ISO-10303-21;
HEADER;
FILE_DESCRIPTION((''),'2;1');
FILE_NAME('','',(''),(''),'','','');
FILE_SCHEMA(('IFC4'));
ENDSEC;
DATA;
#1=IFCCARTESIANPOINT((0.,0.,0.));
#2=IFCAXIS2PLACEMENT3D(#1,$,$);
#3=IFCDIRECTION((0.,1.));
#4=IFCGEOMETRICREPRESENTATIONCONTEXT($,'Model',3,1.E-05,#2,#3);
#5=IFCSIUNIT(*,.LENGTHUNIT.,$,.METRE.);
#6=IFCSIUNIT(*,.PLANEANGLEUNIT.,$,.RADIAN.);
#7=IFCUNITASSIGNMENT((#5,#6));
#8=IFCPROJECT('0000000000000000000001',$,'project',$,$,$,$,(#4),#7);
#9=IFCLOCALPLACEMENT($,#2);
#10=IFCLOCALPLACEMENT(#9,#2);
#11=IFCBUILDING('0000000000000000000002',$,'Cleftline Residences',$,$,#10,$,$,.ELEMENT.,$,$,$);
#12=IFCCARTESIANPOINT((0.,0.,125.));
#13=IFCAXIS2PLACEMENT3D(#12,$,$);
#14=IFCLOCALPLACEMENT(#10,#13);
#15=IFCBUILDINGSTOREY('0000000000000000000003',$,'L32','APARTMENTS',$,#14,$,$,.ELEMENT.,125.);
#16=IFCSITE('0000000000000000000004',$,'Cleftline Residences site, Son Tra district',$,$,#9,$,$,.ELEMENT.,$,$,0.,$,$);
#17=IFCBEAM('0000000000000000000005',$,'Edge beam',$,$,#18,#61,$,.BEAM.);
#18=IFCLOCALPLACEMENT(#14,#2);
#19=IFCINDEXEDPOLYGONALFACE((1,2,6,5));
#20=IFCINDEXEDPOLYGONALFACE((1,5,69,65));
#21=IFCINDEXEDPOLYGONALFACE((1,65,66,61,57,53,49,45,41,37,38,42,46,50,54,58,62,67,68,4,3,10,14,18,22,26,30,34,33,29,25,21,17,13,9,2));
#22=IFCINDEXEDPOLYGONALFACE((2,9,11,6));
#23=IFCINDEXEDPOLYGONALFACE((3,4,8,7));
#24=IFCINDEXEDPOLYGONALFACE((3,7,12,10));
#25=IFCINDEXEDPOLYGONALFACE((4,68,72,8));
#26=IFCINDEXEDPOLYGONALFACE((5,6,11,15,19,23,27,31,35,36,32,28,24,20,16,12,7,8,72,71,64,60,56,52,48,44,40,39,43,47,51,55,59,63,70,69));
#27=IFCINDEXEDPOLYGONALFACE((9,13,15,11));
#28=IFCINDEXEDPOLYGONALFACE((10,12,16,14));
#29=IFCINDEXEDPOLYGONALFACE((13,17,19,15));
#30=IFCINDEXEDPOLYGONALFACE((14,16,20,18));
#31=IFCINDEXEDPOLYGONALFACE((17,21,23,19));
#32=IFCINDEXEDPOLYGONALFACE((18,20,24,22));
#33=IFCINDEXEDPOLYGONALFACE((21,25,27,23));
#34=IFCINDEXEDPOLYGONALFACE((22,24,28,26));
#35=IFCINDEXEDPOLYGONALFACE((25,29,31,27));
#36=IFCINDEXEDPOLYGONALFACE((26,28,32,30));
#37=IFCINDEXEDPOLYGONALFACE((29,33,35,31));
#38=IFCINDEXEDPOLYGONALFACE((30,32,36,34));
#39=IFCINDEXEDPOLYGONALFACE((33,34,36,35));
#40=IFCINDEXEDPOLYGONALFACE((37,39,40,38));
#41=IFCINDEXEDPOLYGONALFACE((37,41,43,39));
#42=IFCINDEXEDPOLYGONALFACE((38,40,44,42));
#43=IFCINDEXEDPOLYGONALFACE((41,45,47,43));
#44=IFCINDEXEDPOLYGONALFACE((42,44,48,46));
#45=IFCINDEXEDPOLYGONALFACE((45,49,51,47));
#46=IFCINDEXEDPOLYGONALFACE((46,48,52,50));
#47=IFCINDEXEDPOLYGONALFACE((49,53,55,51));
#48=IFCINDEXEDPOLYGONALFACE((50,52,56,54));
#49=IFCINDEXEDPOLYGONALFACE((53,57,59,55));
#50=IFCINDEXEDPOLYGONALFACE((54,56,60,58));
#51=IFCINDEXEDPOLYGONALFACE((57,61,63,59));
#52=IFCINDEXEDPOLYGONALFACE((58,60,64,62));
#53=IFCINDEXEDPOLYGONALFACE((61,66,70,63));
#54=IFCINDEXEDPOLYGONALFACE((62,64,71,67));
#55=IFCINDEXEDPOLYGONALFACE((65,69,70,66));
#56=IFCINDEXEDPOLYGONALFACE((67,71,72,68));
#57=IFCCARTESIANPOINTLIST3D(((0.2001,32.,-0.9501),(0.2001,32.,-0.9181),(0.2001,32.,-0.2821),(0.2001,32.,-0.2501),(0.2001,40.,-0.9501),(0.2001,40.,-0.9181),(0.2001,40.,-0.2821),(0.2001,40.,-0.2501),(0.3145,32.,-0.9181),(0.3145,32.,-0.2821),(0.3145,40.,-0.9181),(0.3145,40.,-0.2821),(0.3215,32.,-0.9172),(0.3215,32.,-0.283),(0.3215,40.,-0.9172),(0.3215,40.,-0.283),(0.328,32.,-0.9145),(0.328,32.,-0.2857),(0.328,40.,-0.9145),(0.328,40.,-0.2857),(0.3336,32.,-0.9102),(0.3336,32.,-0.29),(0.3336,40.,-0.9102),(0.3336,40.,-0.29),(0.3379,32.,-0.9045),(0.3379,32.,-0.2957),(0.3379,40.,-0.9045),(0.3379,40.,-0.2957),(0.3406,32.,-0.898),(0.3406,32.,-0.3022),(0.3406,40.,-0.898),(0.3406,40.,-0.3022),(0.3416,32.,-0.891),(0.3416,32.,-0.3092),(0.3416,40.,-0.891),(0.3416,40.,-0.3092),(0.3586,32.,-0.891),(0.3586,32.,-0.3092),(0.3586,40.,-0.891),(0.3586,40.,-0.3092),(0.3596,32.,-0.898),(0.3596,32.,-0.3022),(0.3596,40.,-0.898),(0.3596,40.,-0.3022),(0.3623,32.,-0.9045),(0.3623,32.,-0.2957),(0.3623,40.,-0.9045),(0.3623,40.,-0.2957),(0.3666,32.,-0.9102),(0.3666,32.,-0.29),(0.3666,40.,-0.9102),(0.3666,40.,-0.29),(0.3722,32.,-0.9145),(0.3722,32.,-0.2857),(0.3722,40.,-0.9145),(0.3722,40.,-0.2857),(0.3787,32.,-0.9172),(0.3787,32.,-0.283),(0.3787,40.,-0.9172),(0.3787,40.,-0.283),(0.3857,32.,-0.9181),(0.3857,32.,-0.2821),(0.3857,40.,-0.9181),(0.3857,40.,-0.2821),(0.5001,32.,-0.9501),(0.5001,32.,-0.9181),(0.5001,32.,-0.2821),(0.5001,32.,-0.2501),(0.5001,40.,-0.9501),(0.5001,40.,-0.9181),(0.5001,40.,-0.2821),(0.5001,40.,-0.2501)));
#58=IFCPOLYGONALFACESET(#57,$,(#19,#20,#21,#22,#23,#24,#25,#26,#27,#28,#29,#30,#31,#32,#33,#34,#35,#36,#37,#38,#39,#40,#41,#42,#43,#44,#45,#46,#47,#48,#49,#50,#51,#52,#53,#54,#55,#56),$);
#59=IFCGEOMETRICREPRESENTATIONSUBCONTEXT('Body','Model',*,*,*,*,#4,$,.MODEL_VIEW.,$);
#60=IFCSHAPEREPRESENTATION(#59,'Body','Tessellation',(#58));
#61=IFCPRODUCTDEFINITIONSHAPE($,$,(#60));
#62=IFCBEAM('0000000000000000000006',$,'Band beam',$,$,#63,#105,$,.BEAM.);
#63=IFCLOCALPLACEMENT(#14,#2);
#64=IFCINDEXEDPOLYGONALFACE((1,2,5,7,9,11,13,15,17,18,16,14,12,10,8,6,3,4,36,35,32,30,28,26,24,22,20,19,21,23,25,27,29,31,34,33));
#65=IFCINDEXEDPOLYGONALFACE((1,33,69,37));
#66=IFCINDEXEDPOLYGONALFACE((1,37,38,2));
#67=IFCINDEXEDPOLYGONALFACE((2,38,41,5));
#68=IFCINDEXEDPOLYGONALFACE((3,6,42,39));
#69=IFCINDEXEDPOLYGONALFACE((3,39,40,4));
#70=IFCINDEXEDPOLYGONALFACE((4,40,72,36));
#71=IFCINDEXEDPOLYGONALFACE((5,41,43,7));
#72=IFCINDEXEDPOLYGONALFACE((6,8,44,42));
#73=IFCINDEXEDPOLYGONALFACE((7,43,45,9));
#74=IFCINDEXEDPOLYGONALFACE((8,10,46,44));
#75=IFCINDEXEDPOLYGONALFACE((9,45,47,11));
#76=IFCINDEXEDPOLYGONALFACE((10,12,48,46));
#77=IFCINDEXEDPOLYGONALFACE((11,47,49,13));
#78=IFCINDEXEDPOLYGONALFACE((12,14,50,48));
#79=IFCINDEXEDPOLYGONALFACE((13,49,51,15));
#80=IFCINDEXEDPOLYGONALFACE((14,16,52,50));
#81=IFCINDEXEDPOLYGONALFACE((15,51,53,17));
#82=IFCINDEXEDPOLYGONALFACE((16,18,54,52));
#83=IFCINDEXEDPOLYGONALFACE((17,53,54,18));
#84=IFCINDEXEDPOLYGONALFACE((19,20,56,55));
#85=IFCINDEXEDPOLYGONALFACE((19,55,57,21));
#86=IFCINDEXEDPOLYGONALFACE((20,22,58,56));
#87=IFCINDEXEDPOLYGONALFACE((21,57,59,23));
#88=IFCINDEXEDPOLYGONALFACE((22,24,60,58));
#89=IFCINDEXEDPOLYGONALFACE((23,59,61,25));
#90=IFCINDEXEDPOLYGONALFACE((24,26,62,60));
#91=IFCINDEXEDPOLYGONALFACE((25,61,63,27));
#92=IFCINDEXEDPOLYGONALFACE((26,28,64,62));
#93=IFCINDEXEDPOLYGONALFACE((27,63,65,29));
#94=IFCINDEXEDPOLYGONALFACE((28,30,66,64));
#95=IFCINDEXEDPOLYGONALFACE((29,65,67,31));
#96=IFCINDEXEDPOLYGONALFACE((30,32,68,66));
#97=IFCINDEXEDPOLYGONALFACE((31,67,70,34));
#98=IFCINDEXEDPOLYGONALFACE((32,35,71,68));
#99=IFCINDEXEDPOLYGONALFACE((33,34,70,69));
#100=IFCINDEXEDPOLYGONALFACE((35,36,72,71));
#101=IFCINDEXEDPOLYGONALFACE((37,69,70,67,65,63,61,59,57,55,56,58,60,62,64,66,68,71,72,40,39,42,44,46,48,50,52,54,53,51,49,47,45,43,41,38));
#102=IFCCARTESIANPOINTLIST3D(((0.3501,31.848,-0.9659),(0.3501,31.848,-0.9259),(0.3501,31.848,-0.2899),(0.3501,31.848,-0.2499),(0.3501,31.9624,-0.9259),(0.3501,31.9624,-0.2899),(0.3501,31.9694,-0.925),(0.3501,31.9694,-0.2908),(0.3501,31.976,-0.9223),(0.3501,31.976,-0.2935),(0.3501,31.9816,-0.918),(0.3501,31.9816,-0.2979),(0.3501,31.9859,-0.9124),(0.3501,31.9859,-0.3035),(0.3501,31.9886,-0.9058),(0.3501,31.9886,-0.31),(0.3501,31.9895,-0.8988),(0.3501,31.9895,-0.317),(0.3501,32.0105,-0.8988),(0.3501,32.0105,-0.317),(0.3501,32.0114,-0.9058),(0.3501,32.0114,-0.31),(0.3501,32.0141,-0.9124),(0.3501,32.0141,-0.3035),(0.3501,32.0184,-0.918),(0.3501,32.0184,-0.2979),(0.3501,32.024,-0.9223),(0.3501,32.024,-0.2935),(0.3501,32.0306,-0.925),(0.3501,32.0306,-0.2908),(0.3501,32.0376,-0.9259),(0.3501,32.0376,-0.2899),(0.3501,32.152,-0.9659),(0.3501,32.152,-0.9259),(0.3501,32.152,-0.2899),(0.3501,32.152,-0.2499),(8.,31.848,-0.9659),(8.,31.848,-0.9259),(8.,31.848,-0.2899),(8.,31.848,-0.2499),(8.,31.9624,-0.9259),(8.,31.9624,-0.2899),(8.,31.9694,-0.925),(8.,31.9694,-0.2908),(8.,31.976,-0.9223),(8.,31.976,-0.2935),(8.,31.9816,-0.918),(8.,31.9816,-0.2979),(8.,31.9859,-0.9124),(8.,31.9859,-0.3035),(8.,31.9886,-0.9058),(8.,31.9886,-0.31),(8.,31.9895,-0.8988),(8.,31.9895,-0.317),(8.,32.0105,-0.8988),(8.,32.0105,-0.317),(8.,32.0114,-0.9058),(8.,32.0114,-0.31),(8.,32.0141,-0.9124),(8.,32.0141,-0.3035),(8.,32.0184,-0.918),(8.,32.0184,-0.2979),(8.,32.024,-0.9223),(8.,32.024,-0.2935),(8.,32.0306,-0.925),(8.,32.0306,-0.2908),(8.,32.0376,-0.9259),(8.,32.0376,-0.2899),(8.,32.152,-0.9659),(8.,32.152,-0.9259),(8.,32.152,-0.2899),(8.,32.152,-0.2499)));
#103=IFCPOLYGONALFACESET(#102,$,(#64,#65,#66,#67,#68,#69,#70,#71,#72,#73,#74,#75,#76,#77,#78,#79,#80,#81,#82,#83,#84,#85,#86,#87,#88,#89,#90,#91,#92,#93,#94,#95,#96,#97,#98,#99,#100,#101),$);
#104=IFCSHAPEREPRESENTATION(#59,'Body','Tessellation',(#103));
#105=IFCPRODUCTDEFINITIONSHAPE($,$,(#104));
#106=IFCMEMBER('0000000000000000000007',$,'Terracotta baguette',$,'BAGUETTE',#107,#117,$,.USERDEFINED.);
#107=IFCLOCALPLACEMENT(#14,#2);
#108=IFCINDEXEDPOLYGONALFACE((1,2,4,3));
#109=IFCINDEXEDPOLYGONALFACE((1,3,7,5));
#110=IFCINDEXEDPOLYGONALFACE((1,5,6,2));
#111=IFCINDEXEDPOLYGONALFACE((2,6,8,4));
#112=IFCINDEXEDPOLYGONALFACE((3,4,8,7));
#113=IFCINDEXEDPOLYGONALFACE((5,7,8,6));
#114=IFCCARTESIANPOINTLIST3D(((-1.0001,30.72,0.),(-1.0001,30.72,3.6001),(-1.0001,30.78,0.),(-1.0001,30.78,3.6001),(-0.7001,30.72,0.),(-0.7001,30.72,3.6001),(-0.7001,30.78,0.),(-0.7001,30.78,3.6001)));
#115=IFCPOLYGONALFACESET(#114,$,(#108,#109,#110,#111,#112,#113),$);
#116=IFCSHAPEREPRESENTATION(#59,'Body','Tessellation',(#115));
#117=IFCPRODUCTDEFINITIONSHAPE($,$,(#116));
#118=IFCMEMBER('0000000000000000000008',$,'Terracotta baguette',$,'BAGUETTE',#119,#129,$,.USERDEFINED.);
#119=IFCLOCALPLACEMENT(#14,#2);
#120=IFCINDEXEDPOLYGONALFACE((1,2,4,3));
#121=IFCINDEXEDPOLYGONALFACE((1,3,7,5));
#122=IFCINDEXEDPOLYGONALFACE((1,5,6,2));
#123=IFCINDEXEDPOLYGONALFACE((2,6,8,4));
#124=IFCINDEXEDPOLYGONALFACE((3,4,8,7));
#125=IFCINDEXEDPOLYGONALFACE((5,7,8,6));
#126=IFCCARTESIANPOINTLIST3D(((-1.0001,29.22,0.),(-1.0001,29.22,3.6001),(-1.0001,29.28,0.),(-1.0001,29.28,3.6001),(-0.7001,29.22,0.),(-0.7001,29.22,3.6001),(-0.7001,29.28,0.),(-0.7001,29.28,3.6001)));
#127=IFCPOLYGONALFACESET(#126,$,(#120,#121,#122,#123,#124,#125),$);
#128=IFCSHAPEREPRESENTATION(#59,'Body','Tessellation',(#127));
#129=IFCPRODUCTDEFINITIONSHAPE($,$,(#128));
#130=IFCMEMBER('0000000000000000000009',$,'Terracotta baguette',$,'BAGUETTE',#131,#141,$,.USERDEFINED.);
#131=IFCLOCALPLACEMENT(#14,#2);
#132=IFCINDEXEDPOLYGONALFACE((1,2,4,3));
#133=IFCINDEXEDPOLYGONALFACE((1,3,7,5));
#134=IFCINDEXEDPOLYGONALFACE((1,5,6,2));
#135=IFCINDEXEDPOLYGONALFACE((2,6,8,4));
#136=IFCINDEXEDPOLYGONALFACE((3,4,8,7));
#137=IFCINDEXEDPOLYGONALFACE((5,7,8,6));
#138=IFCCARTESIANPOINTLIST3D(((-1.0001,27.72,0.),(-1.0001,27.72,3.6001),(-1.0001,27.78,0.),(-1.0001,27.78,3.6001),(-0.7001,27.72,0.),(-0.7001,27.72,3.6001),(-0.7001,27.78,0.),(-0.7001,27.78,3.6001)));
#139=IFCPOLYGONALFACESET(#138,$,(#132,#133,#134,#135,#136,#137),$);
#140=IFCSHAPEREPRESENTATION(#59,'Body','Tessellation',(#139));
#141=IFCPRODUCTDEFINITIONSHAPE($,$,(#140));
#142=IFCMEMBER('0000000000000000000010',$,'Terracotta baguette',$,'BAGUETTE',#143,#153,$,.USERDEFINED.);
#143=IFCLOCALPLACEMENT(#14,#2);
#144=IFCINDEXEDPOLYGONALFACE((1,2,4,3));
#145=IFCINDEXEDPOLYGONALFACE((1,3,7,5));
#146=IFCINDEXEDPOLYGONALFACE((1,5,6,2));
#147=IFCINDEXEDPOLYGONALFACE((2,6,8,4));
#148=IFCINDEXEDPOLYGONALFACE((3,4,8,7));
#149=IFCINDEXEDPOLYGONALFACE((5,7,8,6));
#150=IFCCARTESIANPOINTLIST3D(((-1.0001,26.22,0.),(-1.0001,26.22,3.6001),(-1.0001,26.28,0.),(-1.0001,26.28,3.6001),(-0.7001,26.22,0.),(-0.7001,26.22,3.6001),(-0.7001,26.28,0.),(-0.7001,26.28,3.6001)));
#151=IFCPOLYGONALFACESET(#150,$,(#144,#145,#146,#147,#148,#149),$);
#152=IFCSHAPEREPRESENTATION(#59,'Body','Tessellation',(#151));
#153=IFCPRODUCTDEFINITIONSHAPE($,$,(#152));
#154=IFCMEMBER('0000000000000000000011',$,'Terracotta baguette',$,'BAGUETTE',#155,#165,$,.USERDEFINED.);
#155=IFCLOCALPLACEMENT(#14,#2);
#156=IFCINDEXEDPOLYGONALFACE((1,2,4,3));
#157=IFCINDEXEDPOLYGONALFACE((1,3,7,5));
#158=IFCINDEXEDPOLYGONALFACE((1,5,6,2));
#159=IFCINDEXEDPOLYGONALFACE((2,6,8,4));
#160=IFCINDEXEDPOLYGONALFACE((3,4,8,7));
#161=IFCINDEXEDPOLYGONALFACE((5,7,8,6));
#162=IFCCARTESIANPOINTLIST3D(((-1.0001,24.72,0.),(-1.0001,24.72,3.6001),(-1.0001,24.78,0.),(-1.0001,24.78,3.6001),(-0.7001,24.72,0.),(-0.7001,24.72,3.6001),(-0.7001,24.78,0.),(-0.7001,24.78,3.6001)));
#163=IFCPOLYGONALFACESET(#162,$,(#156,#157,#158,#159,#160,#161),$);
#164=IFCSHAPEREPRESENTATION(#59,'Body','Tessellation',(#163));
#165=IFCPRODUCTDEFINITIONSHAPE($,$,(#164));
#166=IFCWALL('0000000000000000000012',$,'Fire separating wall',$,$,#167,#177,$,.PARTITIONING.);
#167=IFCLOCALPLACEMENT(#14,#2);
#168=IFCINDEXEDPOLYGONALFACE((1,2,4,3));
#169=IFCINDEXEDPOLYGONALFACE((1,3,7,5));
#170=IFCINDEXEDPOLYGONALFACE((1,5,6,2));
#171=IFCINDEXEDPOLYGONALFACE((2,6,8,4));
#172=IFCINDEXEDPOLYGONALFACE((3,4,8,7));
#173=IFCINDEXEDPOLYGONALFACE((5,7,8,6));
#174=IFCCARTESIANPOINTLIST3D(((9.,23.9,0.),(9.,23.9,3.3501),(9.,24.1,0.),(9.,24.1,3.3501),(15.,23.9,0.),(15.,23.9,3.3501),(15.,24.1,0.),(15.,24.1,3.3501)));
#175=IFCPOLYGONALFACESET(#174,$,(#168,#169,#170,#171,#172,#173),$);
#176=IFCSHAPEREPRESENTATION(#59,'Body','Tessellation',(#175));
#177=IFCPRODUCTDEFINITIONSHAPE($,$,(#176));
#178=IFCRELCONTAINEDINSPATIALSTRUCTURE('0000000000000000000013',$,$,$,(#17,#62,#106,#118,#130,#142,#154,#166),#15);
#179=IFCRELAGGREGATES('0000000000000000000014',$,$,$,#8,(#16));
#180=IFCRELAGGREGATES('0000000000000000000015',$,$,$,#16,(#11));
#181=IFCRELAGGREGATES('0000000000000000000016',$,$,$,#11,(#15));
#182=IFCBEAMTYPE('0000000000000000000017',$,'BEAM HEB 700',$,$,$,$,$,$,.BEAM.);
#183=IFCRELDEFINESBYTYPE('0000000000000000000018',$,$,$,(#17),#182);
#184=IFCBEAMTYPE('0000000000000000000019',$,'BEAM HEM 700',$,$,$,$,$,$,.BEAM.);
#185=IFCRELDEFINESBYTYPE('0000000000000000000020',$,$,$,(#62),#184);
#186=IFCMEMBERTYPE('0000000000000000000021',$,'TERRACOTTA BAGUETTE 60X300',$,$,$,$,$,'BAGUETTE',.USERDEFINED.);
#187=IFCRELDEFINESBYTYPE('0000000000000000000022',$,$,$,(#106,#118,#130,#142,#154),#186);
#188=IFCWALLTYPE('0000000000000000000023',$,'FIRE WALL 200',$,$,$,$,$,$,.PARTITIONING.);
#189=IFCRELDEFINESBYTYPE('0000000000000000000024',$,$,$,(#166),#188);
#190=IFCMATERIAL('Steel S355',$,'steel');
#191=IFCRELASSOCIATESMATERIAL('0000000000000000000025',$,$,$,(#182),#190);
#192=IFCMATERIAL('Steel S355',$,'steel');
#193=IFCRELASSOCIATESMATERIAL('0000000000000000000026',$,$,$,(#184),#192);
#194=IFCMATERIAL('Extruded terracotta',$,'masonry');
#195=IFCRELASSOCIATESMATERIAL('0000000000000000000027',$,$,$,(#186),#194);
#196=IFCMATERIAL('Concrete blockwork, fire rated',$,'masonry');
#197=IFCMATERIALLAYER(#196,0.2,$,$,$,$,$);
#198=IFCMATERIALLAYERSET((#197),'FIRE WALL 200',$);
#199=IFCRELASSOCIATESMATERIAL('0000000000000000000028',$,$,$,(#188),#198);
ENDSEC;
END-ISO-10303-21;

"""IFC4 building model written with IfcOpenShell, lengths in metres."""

from ifc_helpers import new_model, si_unit, direction, frame, frame_2d, origin, origin_2d, place, context, subcontext, project, spatial, rectangle, i_section, extrude, material, layer, layer_set, material_profile, profile_set, type_object, element, save


model = new_model("IFC4")

# Units and contexts
model_context = context("Model", 3, precision=1e-05, world=origin(), true_north=direction((0.0, 1.0)))
body_context = subcontext(model_context, "Body", "Model", "MODEL_VIEW")
ifc_project = project(units=[si_unit("LENGTHUNIT", "METRE"), si_unit("PLANEANGLEUNIT", "RADIAN")], contexts=[model_context])

# Site, building, storey
site_placement = place(None, origin())
site = spatial("IfcSite", under=ifc_project, at=site_placement, Name="Cleftline Residences site, Son Tra district", CompositionType="ELEMENT", RefElevation=0.0)
building_placement = place(site_placement, origin())
building = spatial("IfcBuilding", under=site, at=building_placement, Name="Cleftline Residences", CompositionType="ELEMENT")
storey_placement = place(building_placement, frame((0.0, 0.0, 125.0)))
storey = spatial("IfcBuildingStorey", under=building, at=storey_placement, Name="L32", Description="APARTMENTS", CompositionType="ELEMENT", Elevation=125.0)

# Beams
ifc_material_1 = material(Name="Steel S355", Category="steel")
ifc_material_profile_1 = material_profile(ifc_material_1, i_section(OverallWidth=0.3, OverallDepth=0.7, WebThickness=0.0171, FlangeThickness=0.032, FilletRadius=0.0271, at=origin_2d()))
ifc_profile_set_1 = profile_set([ifc_material_profile_1], Name="Steel S355")
beam_type_1 = type_object("IfcBeamType", Name="BEAM HEB 700", PredefinedType="BEAM", material=ifc_profile_set_1)
for number, where, z_axis, x_axis, name in (
    (1, (0.3501, 32.0, -0.6001), (0.0, 1.0, 0.0), (-1.0, 0.0, 0.0), "Edge beam"),
):
    element("IfcBeam", number, at=place(storey_placement, frame(where, z_axis=z_axis, x_axis=x_axis)), inside=storey, type_object=beam_type_1, Name=name, PredefinedType="BEAM", context=body_context, shape_type="SweptSolid", body=[
        extrude(i_section(OverallWidth=0.3, OverallDepth=0.7, WebThickness=0.0171, FlangeThickness=0.032, FilletRadius=0.0271, at=origin_2d()), origin(), (0.0, 0.0, 1.0), 8.0),
    ])
ifc_material_2 = material(Name="Steel S355", Category="steel")
ifc_material_profile_2 = material_profile(ifc_material_2, i_section(OverallWidth=0.304, OverallDepth=0.7161, WebThickness=0.021, FlangeThickness=0.04, FilletRadius=0.0271, at=origin_2d()))
ifc_profile_set_2 = profile_set([ifc_material_profile_2], Name="Steel S355")
beam_type_2 = type_object("IfcBeamType", Name="BEAM HEM 700", PredefinedType="BEAM", material=ifc_profile_set_2)
beam_placement = place(storey_placement, frame((0.3501, 32.0, -0.6079), z_axis=(1.0, 0.0, 0.0), x_axis=(0.0, 1.0, 0.0)))
element("IfcBeam", 2, at=beam_placement, inside=storey, type_object=beam_type_2, Name="Band beam", PredefinedType="BEAM", context=body_context, shape_type="SweptSolid", body=[
    extrude(i_section(OverallWidth=0.304, OverallDepth=0.7161, WebThickness=0.021, FlangeThickness=0.04, FilletRadius=0.0271, at=origin_2d()), origin(), (0.0, 0.0, 1.0), 7.6499),
])

# Members
ifc_material_3 = material(Name="Extruded terracotta", Category="masonry")
ifc_material_profile_3 = material_profile(ifc_material_3, rectangle(XDim=0.0601, YDim=0.3, at=origin_2d()))
ifc_profile_set_3 = profile_set([ifc_material_profile_3], Name="Extruded terracotta")
member_type_1 = type_object("IfcMemberType", Name="TERRACOTTA BAGUETTE 60X300", ElementType="BAGUETTE", PredefinedType="USERDEFINED", material=ifc_profile_set_3)
for number, where, z_axis, x_axis, name in (
    (3, (-0.8501, 30.75, 0.0), (0.0, 0.0, 1.0), (0.0, 1.0, 0.0), "Terracotta baguette"),
    (4, (-0.8501, 29.25, 0.0), (0.0, 0.0, 1.0), (0.0, 1.0, 0.0), "Terracotta baguette"),
    (5, (-0.8501, 27.75, 0.0), (0.0, 0.0, 1.0), (0.0, 1.0, 0.0), "Terracotta baguette"),
    (6, (-0.8501, 26.25, 0.0), (0.0, 0.0, 1.0), (0.0, 1.0, 0.0), "Terracotta baguette"),
    (7, (-0.8501, 24.75, 0.0), (0.0, 0.0, 1.0), (0.0, 1.0, 0.0), "Terracotta baguette"),
):
    element("IfcMember", number, at=place(storey_placement, frame(where, z_axis=z_axis, x_axis=x_axis)), inside=storey, type_object=member_type_1, Name=name, ObjectType="BAGUETTE", PredefinedType="USERDEFINED", context=body_context, shape_type="SweptSolid", body=[
        extrude(rectangle(XDim=0.0601, YDim=0.3, at=origin_2d()), origin(), (0.0, 0.0, 1.0), 3.6001),
    ])

# Wall
ifc_material_4 = material(Name="Concrete blockwork, fire rated", Category="masonry")
ifc_layer_1 = layer(ifc_material_4, 0.2)
ifc_layer_set_1 = layer_set([ifc_layer_1], Name="FIRE WALL 200")
wall_type_1 = type_object("IfcWallType", Name="FIRE WALL 200", PredefinedType="PARTITIONING", material=ifc_layer_set_1)
wall_1_placement = place(storey_placement, frame((9.0, 24.0, 0.0), z_axis=(0.0, 0.0, 1.0), x_axis=(1.0, 0.0, 0.0)))
element("IfcWall", 8, at=wall_1_placement, inside=storey, type_object=wall_type_1, Name="Fire separating wall", PredefinedType="PARTITIONING", context=body_context, shape_type="SweptSolid", body=[
    extrude(rectangle(XDim=6.0, YDim=0.2, at=frame_2d((3.0, 0.0))), origin(), (0.0, 0.0, 1.0), 3.3501),
])

save(model, "model.ifc")
